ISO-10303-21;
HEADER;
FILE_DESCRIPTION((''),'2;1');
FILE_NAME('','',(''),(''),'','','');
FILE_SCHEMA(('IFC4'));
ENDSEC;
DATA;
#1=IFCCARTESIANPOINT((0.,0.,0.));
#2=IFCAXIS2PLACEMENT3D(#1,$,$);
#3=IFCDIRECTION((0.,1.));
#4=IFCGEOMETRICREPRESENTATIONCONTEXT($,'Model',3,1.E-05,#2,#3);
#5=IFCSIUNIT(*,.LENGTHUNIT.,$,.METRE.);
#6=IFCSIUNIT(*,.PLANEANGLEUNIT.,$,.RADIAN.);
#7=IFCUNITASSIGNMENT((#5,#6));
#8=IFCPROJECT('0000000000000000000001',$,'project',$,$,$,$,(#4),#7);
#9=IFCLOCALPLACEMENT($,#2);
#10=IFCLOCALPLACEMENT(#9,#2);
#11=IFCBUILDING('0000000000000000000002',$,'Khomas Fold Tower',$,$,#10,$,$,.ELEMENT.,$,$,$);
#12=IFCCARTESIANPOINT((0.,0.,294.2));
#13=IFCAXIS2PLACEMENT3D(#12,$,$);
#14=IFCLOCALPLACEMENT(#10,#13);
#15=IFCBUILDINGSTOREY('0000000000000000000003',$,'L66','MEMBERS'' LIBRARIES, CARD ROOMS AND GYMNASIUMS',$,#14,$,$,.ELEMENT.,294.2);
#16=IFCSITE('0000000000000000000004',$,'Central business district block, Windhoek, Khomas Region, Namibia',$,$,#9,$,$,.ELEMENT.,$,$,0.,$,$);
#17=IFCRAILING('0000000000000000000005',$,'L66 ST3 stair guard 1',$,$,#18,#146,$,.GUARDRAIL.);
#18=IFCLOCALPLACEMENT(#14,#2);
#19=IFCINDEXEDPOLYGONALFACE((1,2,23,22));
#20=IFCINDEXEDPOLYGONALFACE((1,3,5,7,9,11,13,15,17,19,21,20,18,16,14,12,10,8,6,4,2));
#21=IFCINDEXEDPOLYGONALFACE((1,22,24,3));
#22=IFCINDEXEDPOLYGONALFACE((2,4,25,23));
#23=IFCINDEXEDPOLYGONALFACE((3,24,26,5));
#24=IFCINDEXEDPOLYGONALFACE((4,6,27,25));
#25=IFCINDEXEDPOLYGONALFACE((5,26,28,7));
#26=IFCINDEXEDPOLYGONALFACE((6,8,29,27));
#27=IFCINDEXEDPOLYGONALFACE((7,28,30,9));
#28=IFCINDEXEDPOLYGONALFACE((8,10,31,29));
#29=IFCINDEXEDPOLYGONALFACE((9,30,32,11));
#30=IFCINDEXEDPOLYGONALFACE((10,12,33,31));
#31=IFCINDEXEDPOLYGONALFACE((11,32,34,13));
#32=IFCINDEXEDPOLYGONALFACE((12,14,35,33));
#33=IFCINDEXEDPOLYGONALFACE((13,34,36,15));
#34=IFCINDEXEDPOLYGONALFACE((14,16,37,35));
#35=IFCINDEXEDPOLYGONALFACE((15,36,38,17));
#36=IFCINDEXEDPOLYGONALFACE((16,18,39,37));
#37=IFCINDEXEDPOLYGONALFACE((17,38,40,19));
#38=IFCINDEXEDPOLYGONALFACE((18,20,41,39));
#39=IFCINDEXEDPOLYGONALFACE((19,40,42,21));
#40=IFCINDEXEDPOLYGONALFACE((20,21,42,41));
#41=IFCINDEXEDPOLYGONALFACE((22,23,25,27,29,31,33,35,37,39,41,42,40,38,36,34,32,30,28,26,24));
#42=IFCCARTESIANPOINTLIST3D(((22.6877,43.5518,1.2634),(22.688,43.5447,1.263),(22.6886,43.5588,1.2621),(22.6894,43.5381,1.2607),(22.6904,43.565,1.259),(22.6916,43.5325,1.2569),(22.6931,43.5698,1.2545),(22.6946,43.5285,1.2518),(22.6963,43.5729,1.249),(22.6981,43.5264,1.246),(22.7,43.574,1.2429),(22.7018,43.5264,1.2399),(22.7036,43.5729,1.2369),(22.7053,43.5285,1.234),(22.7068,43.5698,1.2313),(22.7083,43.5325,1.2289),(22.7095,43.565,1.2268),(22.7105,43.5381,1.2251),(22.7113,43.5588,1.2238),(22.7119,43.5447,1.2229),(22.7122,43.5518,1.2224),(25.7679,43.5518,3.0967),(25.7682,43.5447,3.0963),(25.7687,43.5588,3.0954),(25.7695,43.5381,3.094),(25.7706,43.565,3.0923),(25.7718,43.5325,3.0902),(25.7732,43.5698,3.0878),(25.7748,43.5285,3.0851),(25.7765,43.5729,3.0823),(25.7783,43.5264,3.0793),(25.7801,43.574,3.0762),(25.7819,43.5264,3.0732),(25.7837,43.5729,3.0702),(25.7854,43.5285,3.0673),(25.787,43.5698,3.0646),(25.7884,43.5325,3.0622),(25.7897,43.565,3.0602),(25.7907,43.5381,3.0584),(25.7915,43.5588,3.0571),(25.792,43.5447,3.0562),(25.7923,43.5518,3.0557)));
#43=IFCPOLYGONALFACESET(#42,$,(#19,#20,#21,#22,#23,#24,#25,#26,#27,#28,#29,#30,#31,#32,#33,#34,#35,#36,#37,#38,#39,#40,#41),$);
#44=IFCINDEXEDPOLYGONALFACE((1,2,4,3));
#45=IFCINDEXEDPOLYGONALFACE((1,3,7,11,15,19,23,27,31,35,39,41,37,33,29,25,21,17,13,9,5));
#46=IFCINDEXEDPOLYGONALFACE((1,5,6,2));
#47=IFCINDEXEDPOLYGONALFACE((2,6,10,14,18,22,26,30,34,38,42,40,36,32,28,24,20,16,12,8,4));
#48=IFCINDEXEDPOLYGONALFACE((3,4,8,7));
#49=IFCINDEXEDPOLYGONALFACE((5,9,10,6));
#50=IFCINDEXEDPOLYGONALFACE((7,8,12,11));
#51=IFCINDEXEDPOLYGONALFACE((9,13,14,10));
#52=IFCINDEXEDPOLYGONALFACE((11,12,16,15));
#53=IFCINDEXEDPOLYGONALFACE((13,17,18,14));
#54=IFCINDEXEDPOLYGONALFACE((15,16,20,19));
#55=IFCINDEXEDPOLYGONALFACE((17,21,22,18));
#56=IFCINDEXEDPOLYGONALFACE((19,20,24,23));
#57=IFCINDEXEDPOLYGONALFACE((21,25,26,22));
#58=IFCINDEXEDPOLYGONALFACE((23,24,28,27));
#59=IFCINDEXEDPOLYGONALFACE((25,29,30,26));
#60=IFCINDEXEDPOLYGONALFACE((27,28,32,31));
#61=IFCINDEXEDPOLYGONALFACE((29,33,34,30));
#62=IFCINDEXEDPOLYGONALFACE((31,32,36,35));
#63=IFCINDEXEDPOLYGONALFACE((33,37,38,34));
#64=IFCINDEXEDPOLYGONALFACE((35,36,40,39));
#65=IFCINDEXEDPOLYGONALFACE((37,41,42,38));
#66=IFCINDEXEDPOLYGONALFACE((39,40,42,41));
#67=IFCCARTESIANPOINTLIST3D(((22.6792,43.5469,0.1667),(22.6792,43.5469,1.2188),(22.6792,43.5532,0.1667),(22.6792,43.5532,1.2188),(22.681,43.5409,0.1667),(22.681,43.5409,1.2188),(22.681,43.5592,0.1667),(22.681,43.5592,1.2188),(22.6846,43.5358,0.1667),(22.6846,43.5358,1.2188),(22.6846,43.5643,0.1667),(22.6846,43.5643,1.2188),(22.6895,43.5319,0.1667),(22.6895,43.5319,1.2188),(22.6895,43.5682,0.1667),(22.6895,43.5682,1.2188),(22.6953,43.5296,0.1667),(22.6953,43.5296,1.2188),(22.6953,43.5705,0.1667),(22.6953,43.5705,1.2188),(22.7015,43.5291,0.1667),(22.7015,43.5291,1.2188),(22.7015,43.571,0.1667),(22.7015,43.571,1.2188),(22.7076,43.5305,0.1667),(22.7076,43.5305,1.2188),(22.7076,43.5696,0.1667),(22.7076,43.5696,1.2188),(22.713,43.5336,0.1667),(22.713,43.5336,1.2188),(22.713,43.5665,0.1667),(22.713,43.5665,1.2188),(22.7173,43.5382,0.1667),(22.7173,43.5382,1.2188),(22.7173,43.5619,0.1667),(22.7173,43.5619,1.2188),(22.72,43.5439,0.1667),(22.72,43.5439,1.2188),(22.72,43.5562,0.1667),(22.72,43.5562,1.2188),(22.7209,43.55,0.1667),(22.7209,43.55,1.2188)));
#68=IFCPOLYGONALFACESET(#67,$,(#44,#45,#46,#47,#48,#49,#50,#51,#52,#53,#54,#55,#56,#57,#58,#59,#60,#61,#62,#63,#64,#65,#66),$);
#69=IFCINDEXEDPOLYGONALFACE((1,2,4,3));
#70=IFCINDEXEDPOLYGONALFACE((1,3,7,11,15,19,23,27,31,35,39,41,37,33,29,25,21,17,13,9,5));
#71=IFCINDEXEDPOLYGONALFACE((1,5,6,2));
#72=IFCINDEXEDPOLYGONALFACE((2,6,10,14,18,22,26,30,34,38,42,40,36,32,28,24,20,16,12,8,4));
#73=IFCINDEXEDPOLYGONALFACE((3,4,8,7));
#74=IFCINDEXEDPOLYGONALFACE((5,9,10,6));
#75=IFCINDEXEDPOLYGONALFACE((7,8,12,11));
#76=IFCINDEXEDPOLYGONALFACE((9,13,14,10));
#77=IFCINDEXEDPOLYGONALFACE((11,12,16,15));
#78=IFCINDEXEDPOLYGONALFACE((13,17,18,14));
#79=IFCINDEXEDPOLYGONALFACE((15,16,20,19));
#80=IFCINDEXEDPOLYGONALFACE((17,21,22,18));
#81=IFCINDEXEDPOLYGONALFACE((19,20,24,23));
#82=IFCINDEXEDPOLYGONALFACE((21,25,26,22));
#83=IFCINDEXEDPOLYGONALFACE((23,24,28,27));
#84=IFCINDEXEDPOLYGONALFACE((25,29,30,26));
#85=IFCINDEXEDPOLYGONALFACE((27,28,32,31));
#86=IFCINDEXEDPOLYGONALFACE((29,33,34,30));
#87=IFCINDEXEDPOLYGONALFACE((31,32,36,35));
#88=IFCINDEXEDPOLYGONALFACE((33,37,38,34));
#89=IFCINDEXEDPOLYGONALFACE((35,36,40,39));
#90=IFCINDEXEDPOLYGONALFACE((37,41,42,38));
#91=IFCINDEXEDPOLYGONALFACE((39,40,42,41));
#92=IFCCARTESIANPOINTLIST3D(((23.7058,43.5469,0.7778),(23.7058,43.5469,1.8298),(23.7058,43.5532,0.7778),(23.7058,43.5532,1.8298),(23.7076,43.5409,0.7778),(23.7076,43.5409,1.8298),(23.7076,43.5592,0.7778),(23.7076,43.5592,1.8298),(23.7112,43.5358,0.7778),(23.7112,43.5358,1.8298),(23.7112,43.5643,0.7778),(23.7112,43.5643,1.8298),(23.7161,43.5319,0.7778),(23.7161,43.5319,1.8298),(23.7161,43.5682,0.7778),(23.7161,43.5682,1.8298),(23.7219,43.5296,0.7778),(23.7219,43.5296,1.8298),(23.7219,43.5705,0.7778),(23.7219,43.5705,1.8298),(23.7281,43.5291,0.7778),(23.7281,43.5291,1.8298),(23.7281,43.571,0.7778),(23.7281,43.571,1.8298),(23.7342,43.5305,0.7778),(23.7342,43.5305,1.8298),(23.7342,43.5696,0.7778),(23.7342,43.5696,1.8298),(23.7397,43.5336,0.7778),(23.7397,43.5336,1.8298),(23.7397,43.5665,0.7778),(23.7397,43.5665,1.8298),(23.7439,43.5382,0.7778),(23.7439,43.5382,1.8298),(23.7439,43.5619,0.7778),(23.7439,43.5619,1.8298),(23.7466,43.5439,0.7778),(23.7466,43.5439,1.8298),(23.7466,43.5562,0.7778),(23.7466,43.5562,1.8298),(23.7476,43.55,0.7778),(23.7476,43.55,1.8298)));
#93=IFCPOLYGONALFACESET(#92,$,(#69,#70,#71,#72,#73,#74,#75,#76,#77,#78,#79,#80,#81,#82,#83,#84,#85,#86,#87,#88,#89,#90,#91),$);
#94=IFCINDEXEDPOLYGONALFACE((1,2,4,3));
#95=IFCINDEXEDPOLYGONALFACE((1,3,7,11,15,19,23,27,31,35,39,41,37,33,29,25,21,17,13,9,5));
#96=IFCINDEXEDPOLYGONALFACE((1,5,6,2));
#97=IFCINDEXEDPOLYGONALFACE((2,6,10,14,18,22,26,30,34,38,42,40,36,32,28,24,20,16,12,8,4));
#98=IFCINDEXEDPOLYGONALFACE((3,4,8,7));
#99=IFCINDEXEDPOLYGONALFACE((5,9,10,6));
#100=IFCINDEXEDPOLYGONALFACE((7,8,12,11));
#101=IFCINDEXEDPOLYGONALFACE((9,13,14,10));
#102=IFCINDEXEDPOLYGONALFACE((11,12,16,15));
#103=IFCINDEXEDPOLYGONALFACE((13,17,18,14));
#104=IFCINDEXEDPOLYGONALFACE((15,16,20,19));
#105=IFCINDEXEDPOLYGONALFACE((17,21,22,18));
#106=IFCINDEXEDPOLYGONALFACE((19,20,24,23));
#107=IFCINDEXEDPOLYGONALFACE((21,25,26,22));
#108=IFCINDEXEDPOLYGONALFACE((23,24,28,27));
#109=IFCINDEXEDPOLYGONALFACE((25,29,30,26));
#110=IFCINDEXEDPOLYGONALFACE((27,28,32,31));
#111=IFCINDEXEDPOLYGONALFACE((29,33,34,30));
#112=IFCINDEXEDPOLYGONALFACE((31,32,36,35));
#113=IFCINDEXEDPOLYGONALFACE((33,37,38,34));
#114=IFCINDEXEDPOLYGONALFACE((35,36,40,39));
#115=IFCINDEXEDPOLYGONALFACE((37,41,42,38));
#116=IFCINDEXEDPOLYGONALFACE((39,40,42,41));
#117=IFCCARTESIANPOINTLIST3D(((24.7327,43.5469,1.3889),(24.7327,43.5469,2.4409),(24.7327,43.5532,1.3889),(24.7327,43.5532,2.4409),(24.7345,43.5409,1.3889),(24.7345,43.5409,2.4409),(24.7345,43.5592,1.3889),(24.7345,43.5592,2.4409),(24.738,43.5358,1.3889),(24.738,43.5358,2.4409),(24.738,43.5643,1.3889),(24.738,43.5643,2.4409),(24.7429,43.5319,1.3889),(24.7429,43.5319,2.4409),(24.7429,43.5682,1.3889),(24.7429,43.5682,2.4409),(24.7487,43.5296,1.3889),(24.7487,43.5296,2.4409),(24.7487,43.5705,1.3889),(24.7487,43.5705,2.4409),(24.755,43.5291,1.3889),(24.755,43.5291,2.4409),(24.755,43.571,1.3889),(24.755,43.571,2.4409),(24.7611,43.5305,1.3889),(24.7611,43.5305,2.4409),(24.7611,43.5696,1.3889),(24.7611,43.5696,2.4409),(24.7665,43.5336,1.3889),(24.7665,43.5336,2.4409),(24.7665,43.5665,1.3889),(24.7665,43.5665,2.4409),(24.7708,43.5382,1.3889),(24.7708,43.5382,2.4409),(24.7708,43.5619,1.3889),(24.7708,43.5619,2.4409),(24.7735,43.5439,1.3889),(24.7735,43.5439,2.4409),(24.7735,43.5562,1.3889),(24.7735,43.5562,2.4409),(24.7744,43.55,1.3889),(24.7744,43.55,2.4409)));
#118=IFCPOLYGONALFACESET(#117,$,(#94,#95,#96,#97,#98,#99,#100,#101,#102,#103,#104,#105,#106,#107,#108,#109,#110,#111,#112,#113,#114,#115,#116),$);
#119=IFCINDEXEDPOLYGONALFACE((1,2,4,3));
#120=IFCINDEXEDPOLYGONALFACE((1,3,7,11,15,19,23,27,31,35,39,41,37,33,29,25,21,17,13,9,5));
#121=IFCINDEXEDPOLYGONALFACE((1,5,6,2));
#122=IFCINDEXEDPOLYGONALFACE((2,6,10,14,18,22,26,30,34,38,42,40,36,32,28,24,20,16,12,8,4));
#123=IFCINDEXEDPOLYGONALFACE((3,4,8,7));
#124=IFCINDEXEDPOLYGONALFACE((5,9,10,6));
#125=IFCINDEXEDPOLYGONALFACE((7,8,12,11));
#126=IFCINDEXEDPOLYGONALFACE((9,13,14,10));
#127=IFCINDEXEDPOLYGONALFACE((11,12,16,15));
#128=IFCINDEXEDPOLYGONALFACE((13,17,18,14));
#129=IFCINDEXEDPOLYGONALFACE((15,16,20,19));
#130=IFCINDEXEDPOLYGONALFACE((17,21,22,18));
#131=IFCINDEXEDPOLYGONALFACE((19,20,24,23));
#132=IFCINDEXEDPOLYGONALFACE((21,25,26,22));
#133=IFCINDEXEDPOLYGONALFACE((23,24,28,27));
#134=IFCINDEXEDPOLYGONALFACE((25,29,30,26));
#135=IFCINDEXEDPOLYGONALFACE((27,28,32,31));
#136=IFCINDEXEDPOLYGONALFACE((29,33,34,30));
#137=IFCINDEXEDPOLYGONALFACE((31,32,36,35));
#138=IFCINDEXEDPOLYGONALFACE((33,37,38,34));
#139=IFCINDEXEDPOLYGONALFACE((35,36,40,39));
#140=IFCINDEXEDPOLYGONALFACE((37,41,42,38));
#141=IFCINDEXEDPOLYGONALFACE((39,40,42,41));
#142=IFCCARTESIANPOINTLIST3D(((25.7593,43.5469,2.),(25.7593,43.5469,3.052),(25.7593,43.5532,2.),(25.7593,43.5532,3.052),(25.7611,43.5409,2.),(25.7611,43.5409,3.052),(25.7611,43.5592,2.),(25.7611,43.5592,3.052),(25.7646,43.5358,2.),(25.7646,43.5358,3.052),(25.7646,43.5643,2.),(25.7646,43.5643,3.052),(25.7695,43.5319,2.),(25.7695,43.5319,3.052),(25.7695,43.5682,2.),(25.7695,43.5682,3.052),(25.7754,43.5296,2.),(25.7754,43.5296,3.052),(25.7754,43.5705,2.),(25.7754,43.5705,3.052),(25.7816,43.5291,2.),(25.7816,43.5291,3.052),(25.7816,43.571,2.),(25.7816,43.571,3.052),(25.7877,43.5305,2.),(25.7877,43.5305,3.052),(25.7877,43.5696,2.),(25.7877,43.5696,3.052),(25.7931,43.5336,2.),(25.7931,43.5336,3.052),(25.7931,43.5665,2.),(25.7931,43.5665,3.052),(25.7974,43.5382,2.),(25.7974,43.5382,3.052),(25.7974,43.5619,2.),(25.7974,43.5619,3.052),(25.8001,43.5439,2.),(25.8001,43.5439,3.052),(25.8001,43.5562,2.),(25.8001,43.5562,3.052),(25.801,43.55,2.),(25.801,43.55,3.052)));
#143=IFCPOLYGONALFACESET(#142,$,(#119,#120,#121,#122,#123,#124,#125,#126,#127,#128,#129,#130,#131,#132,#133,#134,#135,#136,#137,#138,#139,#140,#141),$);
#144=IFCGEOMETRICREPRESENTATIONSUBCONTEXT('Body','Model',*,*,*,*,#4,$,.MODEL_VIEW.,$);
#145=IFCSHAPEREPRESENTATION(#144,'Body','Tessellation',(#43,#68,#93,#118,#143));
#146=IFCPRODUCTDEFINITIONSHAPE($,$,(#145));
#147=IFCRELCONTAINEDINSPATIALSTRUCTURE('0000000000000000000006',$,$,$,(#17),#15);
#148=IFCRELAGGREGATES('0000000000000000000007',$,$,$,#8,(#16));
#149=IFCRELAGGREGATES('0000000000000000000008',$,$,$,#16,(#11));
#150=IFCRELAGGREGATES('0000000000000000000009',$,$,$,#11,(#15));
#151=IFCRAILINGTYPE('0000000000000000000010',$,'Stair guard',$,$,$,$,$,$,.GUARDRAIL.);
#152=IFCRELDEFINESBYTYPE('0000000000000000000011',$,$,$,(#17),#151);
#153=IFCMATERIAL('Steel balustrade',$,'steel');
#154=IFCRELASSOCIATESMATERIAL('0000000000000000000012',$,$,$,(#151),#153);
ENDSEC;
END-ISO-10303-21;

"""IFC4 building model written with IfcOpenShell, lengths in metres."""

from ifc_helpers import new_model, si_unit, direction, frame, origin, origin_2d, place, context, subcontext, project, spatial, circle, extrude, source, transform, mapped, material, type_object, element, save


model = new_model("IFC4")

# Units and contexts
model_context = context("Model", 3, precision=1e-05, world=origin(), true_north=direction((0.0, 1.0)))
body_context = subcontext(model_context, "Body", "Model", "MODEL_VIEW")
ifc_project = project(units=[si_unit("LENGTHUNIT", "METRE"), si_unit("PLANEANGLEUNIT", "RADIAN")], contexts=[model_context])

# Site, building, storey
site_placement = place(None, origin())
site = spatial("IfcSite", under=ifc_project, at=site_placement, Name="Central business district block, Windhoek, Khomas Region, Namibia", CompositionType="ELEMENT", RefElevation=0.0)
building_placement = place(site_placement, origin())
building = spatial("IfcBuilding", under=site, at=building_placement, Name="Khomas Fold Tower", CompositionType="ELEMENT")
storey_placement = place(building_placement, frame((0.0, 0.0, 294.2)))
storey = spatial("IfcBuildingStorey", under=building, at=storey_placement, Name="L66", Description="MEMBERS' LIBRARIES, CARD ROOMS AND GYMNASIUMS", CompositionType="ELEMENT", Elevation=294.2)

# Railing
ifc_material_1 = material(Name="Steel balustrade", Category="steel")
railing_type_1 = type_object("IfcRailingType", Name="Stair guard", PredefinedType="GUARDRAIL", material=ifc_material_1)
shared_shape_1 = source(origin(), body_context, "Body", "SweptSolid", [
    extrude(circle(Radius=0.0239, at=origin_2d()), frame((0.0, 0.0, 1.0762), z_axis=(0.859309, 0.0, 0.511458), x_axis=(0.0, 1.0, 0.0)), (0.0, 0.0, 1.0), 3.5845),
    extrude(circle(Radius=0.021, at=origin_2d()), origin(), (0.0, 0.0, 1.0), 1.052),
    extrude(circle(Radius=0.021, at=origin_2d()), frame((1.0266, 0.0, 0.6111)), (0.0, 0.0, 1.0), 1.052),
    extrude(circle(Radius=0.021, at=origin_2d()), frame((2.0535, 0.0, 1.2222)), (0.0, 0.0, 1.0), 1.052),
    extrude(circle(Radius=0.021, at=origin_2d()), frame((3.0801, 0.0, 1.8333)), (0.0, 0.0, 1.0), 1.052),
])
railing_1_placement = place(storey_placement, frame((22.7, 43.55, 0.1667)))
element("IfcRailing", 1, at=railing_1_placement, inside=storey, type_object=railing_type_1, Name="L66 ST3 stair guard 1", PredefinedType="GUARDRAIL", context=body_context, shape_type="MappedRepresentation", body=[
    mapped(shared_shape_1, transform((0.0, 0.0, 0.0))),
])

save(model, "model.ifc")
